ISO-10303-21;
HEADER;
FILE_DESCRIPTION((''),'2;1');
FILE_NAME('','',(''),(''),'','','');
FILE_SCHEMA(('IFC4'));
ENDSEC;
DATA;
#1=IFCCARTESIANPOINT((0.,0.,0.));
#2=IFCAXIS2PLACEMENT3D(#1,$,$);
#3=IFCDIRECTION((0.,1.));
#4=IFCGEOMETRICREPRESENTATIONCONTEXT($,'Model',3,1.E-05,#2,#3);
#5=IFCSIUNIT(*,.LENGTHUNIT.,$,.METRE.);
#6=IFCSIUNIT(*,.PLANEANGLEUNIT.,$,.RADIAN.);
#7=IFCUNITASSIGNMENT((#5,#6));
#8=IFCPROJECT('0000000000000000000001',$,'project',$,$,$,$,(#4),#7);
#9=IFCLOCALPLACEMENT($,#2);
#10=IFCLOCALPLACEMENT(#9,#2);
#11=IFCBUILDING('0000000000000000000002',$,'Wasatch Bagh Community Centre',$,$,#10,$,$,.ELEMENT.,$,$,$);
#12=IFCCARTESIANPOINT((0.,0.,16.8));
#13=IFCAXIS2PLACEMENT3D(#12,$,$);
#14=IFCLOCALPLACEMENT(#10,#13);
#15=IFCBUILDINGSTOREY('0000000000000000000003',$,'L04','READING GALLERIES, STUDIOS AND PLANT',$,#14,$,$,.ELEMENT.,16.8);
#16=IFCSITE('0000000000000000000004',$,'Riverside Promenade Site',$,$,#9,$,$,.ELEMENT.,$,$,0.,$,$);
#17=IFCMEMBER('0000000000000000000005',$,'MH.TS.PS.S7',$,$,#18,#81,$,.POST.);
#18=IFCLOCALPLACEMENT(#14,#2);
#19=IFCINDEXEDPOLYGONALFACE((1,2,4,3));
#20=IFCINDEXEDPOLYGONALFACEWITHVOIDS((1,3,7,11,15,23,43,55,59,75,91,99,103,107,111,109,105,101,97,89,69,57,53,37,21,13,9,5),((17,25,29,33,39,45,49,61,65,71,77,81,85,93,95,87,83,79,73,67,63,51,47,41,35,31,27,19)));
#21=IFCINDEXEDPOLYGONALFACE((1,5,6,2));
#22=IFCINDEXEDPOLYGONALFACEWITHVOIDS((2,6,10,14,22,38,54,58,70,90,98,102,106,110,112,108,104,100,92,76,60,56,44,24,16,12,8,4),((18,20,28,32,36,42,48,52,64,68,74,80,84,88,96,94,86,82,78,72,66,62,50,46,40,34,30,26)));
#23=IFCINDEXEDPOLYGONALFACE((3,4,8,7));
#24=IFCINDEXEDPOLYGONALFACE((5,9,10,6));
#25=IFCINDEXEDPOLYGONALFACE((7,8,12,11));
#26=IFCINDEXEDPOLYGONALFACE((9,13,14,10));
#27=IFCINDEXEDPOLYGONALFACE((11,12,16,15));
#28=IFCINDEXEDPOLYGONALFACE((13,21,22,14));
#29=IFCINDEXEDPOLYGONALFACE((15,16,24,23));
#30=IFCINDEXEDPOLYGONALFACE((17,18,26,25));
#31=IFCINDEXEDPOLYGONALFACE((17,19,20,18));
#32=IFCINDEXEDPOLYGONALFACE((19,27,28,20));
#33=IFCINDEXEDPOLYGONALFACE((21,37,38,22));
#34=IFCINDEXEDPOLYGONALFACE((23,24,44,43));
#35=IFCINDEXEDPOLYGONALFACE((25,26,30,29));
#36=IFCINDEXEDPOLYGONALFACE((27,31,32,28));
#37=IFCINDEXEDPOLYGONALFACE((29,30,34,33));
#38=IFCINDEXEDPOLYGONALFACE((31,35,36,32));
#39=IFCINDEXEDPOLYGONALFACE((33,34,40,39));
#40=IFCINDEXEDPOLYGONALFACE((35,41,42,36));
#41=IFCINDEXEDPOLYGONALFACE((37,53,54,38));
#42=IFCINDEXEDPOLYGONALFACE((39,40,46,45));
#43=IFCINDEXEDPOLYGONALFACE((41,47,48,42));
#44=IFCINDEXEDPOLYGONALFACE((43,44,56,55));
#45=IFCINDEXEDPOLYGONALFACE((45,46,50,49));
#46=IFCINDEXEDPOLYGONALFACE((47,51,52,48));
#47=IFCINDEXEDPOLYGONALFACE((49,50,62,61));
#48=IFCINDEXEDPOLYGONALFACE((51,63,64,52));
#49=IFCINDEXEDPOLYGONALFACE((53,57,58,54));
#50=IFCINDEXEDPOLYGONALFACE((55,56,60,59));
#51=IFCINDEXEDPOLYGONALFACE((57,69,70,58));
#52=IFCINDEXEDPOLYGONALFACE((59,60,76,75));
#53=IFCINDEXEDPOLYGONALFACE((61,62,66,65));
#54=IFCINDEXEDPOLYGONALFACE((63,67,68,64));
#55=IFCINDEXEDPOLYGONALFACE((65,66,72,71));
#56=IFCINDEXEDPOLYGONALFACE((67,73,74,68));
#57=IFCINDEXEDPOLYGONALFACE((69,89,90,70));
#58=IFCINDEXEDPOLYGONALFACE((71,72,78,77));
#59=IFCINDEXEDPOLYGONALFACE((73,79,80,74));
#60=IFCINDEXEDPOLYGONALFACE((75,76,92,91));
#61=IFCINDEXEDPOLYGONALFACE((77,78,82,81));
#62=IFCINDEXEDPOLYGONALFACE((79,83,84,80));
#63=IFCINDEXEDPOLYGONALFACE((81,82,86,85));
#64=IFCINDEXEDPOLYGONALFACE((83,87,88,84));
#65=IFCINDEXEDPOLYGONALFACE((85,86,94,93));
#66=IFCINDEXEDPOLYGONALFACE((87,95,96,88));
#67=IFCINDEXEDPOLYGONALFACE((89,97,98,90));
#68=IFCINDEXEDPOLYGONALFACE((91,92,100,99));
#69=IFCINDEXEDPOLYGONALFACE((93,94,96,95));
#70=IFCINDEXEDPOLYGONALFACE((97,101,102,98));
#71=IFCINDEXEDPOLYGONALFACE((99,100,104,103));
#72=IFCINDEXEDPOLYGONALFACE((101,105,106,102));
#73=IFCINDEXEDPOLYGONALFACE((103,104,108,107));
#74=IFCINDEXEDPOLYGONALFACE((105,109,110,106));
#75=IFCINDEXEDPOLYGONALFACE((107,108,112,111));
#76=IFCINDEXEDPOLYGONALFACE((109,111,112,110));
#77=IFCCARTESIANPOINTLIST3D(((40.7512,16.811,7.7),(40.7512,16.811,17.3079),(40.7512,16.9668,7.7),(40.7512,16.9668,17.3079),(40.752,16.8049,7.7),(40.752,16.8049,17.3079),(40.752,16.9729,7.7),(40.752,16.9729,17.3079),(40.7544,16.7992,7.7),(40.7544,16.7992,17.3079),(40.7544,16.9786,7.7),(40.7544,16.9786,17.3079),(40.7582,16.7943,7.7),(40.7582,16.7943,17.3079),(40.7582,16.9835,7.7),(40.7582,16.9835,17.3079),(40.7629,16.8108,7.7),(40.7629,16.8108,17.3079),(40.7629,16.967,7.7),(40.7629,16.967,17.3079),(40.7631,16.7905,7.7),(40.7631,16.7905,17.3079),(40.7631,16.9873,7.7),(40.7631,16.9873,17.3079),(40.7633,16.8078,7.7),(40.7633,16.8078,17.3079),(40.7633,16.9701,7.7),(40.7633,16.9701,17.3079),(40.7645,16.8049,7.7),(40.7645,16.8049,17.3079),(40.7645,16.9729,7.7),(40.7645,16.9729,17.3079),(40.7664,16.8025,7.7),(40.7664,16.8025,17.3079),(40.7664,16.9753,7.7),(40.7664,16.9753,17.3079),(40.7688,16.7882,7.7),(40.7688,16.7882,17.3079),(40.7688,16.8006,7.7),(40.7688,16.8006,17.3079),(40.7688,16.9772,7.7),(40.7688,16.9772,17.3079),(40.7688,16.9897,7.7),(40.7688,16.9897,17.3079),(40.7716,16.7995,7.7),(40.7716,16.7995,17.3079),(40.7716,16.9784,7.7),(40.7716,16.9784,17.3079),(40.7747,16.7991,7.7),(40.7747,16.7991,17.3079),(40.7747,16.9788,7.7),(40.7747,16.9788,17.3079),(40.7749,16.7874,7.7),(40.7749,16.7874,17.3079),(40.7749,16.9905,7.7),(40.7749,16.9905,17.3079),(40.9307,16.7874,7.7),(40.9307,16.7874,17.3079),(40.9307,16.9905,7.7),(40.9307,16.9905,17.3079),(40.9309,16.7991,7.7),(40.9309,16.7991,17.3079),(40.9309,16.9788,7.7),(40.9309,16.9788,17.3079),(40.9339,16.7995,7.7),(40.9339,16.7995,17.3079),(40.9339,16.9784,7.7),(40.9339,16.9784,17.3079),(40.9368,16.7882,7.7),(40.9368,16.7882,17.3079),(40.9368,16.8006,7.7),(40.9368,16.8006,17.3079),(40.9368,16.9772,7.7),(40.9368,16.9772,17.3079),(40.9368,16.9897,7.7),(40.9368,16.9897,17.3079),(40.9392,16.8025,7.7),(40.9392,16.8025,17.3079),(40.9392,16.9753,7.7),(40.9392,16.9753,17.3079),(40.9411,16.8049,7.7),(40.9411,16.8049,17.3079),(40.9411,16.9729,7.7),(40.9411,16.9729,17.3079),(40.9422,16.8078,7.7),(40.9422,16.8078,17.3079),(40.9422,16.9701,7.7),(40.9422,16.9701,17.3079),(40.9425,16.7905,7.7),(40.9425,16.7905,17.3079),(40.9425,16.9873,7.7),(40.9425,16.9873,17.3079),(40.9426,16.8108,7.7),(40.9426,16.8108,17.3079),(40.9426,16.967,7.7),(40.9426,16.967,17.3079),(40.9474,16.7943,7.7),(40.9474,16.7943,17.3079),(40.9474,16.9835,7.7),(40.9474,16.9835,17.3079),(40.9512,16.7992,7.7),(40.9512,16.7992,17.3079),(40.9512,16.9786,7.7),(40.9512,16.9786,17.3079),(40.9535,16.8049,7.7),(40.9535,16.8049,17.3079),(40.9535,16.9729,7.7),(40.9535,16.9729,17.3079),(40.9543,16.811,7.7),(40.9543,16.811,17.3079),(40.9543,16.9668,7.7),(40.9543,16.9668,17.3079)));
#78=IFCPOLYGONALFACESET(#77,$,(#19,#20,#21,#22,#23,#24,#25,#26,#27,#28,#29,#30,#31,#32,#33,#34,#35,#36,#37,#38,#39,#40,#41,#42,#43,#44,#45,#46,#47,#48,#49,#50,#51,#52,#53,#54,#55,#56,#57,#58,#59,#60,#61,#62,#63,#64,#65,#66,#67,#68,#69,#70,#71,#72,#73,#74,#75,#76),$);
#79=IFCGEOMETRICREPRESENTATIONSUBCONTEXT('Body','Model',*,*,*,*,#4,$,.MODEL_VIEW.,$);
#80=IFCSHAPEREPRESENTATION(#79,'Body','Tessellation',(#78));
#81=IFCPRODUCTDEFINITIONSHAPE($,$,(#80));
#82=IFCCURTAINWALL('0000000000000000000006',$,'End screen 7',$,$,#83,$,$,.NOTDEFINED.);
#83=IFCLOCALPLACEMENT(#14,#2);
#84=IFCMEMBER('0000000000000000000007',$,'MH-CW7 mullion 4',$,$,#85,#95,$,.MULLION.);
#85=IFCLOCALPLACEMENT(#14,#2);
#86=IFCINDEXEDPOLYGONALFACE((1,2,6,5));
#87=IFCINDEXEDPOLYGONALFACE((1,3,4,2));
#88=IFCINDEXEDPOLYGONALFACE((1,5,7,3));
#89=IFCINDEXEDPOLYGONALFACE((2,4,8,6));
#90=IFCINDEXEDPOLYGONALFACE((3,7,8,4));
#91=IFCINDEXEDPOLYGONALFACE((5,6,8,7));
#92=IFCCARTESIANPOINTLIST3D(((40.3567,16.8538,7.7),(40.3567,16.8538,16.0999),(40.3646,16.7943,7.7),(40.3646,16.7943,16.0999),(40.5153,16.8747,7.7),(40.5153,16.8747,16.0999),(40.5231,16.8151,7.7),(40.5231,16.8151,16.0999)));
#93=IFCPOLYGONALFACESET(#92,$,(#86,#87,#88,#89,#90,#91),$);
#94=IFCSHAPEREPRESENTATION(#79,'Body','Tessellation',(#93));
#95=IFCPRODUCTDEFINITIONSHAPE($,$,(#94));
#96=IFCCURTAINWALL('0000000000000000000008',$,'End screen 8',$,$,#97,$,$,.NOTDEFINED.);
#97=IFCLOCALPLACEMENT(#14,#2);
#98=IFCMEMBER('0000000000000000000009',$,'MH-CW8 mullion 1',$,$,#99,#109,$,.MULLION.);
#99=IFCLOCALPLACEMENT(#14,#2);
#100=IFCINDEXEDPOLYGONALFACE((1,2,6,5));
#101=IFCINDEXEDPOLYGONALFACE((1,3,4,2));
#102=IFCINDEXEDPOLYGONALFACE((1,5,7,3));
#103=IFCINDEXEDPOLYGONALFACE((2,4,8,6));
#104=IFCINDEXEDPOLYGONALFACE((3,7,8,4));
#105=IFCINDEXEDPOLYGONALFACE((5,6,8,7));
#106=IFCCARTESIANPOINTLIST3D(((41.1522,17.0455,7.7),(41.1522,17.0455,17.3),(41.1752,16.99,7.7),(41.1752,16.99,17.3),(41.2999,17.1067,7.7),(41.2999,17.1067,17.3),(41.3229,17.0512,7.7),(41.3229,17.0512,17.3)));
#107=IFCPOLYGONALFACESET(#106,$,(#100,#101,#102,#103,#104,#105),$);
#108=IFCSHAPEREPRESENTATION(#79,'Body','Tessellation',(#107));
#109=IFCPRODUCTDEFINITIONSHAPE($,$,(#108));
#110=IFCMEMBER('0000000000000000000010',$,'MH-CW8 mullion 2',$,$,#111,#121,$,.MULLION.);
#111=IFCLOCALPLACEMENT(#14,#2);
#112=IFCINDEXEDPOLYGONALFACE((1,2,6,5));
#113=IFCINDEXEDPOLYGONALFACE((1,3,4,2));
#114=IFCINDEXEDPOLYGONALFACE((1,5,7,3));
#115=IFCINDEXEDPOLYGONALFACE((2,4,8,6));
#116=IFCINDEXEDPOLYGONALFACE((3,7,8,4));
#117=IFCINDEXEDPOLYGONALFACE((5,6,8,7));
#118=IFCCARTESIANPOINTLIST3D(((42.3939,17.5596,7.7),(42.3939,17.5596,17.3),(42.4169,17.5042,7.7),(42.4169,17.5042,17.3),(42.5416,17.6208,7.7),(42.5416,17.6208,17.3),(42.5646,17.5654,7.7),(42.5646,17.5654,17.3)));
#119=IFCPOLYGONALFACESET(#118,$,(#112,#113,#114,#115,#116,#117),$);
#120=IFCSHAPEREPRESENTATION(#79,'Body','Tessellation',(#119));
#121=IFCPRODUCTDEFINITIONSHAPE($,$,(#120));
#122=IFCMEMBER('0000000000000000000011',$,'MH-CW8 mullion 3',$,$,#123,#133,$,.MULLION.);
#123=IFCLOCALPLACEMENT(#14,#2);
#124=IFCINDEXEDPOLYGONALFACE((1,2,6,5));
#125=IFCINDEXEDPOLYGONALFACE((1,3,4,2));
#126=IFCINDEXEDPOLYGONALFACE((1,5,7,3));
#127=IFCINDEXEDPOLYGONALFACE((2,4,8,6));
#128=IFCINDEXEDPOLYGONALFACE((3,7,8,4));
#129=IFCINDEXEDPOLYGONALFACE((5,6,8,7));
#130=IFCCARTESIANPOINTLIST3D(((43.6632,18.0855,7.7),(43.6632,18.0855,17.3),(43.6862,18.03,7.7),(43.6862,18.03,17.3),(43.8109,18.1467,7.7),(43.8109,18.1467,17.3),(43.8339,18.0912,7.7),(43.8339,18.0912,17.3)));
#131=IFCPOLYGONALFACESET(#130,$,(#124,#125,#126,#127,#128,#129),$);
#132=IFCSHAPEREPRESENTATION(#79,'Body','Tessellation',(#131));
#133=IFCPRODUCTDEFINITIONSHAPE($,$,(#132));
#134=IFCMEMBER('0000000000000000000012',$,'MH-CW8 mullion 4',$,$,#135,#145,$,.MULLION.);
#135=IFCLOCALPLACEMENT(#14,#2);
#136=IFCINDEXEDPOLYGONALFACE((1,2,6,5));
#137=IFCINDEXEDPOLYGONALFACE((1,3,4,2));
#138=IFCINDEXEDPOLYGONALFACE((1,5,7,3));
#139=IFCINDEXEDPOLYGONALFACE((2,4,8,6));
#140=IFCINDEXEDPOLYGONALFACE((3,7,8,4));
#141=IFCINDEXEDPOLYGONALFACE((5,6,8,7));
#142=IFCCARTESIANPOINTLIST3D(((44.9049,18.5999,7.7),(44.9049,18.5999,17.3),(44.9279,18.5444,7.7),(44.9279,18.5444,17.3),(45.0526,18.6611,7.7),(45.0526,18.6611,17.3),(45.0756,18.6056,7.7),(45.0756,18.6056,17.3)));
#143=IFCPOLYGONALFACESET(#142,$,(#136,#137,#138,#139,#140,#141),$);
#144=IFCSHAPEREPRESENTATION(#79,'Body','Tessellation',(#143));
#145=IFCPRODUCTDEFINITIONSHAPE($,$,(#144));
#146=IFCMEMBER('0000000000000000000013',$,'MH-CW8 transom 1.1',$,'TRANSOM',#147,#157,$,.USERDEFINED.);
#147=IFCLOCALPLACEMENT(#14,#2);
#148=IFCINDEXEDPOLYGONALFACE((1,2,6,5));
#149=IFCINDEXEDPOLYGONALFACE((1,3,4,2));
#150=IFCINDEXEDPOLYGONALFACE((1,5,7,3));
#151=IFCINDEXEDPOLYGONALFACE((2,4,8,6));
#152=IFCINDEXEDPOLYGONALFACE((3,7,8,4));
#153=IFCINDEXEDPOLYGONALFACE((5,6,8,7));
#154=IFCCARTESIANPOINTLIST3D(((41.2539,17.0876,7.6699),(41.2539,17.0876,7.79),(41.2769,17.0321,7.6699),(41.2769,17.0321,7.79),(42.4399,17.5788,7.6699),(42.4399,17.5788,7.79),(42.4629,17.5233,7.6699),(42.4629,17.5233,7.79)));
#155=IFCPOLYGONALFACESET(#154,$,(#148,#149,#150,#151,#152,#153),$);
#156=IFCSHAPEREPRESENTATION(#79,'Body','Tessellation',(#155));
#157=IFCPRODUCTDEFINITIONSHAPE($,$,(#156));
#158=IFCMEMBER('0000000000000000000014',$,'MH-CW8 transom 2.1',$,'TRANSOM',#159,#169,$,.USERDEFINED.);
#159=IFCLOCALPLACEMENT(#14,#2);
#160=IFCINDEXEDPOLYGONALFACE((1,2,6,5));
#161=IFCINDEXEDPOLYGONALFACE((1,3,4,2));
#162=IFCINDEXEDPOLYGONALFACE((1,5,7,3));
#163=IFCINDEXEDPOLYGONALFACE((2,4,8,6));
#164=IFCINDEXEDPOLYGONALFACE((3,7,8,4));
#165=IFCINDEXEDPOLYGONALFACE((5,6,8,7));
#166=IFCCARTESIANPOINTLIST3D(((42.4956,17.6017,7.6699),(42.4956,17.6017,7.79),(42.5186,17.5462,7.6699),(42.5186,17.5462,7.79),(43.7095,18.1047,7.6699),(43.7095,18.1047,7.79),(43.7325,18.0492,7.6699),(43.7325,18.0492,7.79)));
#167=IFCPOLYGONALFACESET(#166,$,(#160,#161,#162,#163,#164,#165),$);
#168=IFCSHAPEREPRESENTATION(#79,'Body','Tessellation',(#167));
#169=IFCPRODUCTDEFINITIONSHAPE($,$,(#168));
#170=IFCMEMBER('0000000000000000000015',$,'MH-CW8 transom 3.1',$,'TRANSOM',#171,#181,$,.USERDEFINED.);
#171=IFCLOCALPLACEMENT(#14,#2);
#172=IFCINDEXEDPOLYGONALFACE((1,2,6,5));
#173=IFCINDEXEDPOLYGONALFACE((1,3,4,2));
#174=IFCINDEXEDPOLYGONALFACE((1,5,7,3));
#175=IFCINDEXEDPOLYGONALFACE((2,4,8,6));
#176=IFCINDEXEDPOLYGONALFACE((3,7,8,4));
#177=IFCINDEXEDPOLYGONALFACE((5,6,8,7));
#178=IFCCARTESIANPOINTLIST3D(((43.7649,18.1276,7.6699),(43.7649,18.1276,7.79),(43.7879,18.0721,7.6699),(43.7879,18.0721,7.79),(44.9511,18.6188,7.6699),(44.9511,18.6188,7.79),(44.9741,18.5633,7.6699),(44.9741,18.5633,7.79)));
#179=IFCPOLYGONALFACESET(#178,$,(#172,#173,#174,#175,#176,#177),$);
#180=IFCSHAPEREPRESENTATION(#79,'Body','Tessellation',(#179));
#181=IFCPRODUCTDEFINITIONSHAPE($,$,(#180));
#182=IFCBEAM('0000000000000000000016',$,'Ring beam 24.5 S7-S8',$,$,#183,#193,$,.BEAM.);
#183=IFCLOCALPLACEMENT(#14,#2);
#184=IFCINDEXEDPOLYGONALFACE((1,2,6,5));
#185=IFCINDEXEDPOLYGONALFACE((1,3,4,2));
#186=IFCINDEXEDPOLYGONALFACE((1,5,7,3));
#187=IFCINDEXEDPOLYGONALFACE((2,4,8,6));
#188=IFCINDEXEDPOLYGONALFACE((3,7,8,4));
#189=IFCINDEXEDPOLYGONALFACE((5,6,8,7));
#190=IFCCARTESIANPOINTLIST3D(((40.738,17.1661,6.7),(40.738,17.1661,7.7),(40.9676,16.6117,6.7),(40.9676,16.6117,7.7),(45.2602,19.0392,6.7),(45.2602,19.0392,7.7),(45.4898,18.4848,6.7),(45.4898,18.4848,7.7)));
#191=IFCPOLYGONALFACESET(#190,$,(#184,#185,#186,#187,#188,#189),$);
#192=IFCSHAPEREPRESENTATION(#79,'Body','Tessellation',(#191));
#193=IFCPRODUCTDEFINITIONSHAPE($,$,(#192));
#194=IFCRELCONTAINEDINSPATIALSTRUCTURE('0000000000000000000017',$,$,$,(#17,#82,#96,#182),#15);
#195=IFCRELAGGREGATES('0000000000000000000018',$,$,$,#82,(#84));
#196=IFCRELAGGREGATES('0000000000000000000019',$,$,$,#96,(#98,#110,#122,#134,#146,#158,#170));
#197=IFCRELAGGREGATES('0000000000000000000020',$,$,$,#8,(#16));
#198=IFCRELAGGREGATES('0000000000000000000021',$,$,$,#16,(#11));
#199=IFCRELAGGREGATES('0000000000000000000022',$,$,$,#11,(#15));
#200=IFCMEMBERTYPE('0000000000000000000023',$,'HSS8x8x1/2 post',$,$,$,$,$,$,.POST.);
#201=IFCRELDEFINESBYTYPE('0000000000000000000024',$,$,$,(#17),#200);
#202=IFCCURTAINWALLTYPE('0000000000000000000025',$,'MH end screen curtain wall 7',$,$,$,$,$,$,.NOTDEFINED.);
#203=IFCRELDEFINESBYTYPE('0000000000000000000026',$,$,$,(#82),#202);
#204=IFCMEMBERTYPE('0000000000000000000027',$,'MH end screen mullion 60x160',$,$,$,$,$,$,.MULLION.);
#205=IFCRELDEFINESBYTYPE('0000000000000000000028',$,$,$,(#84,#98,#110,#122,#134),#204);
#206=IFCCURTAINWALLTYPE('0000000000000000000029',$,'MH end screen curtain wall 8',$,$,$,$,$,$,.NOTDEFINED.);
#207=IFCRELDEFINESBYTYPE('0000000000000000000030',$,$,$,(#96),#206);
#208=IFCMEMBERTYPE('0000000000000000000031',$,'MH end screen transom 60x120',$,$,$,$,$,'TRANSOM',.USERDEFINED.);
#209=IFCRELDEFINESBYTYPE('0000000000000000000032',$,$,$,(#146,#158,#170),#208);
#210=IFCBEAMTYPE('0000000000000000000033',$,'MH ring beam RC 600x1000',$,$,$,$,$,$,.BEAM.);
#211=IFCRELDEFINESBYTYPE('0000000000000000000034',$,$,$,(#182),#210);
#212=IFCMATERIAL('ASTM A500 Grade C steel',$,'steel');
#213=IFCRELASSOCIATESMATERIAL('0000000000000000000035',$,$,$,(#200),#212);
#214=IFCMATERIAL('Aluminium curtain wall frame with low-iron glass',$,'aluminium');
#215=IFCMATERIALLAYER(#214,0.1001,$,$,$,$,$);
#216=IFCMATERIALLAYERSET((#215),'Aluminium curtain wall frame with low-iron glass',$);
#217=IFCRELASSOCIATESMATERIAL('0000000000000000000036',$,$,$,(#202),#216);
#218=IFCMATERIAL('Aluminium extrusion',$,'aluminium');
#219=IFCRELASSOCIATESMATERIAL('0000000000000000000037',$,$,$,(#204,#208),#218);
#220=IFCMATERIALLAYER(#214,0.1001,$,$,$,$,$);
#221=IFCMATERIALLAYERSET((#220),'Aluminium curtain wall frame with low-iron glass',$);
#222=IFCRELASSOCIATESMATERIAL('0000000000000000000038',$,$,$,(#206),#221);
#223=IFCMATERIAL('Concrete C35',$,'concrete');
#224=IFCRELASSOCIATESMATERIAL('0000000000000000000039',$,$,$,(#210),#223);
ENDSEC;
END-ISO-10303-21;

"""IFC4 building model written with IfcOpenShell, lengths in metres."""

from ifc_helpers import new_model, si_unit, direction, frame, origin, origin_2d, place, context, subcontext, project, spatial, rectangle, hollow_rectangle, extrude, material, layer, layer_set, material_profile, profile_set, type_object, element, aggregate, save


model = new_model("IFC4")

# Units and contexts
model_context = context("Model", 3, precision=1e-05, world=origin(), true_north=direction((0.0, 1.0)))
body_context = subcontext(model_context, "Body", "Model", "MODEL_VIEW")
ifc_project = project(units=[si_unit("LENGTHUNIT", "METRE"), si_unit("PLANEANGLEUNIT", "RADIAN")], contexts=[model_context])

# Site, building, storey
site_placement = place(None, origin())
site = spatial("IfcSite", under=ifc_project, at=site_placement, Name="Riverside Promenade Site", CompositionType="ELEMENT", RefElevation=0.0)
building_placement = place(site_placement, origin())
building = spatial("IfcBuilding", under=site, at=building_placement, Name="Wasatch Bagh Community Centre", CompositionType="ELEMENT")
storey_placement = place(building_placement, frame((0.0, 0.0, 16.8)))
storey = spatial("IfcBuildingStorey", under=building, at=storey_placement, Name="L04", Description="READING GALLERIES, STUDIOS AND PLANT", CompositionType="ELEMENT", Elevation=16.8)

# Member
ifc_material_1 = material(Name="ASTM A500 Grade C steel", Category="steel")
ifc_material_profile_1 = material_profile(ifc_material_1, hollow_rectangle(XDim=0.2031, YDim=0.2031, WallThickness=0.0117, InnerFilletRadius=0.0117, OuterFilletRadius=0.0237, at=origin_2d()), Name="HSS8x8x1/2")
ifc_profile_set_1 = profile_set([ifc_material_profile_1], Name="ASTM A500 Grade C steel")
member_type_1 = type_object("IfcMemberType", Name="HSS8x8x1/2 post", PredefinedType="POST", material=ifc_profile_set_1)
member_1_placement = place(storey_placement, frame((40.8528, 16.8889, 7.7), z_axis=(0.0, 0.0, 1.0), x_axis=(1.0, 0.0, 0.0)))
element("IfcMember", 1, at=member_1_placement, inside=storey, type_object=member_type_1, Name="MH.TS.PS.S7", PredefinedType="POST", context=body_context, shape_type="SweptSolid", body=[
    extrude(hollow_rectangle(XDim=0.2031, YDim=0.2031, WallThickness=0.0117, InnerFilletRadius=0.0117, OuterFilletRadius=0.0237, at=origin_2d()), origin(), (0.0, 0.0, 1.0), 9.6079),
])

# Curtain wall, member
ifc_material_2 = material(Name="Aluminium curtain wall frame with low-iron glass", Category="aluminium")
ifc_layer_1 = layer(ifc_material_2, 0.1001)
ifc_layer_set_1 = layer_set([ifc_layer_1], Name="Aluminium curtain wall frame with low-iron glass")
curtain_wall_type_1 = type_object("IfcCurtainWallType", Name="MH end screen curtain wall 7", PredefinedType="NOTDEFINED", material=ifc_layer_set_1)
curtain_wall_1_placement = place(storey_placement, origin())
curtain_wall_1 = element("IfcCurtainWall", 2, at=curtain_wall_1_placement, inside=storey, type_object=curtain_wall_type_1, Name="End screen 7", PredefinedType="NOTDEFINED")
ifc_material_3 = material(Name="Aluminium extrusion", Category="aluminium")
ifc_material_profile_2 = material_profile(ifc_material_3, rectangle(XDim=0.0601, YDim=0.1599, at=origin_2d()), Name="AL 60x160")
ifc_profile_set_2 = profile_set([ifc_material_profile_2], Name="Aluminium extrusion")
member_type_2 = type_object("IfcMemberType", Name="MH end screen mullion 60x160", PredefinedType="MULLION", material=ifc_profile_set_2)
member_2_placement = place(storey_placement, frame((40.4399, 16.8345, 7.7), z_axis=(0.0, 0.0, 1.0), x_axis=(-0.130526, 0.991445, 0.0)))
member_2 = element("IfcMember", 3, at=member_2_placement, type_object=member_type_2, Name="MH-CW7 mullion 4", PredefinedType="MULLION", context=body_context, shape_type="SweptSolid", body=[
    extrude(rectangle(XDim=0.0601, YDim=0.1599, at=origin_2d()), origin(), (0.0, 0.0, 1.0), 8.3999),
])
aggregate(curtain_wall_1, [member_2])

# Curtain wall, members
ifc_layer_2 = layer(ifc_material_2, 0.1001)
ifc_layer_set_2 = layer_set([ifc_layer_2], Name="Aluminium curtain wall frame with low-iron glass")
curtain_wall_type_2 = type_object("IfcCurtainWallType", Name="MH end screen curtain wall 8", PredefinedType="NOTDEFINED", material=ifc_layer_set_2)
curtain_wall_2_placement = place(storey_placement, origin())
curtain_wall_2 = element("IfcCurtainWall", 4, at=curtain_wall_2_placement, inside=storey, type_object=curtain_wall_type_2, Name="End screen 8", PredefinedType="NOTDEFINED")
member_3_placement = place(storey_placement, frame((41.2375, 17.0483, 7.7), z_axis=(0.0, 0.0, 1.0), x_axis=(-0.382683, 0.92388, 0.0)))
member_3 = element("IfcMember", 5, at=member_3_placement, type_object=member_type_2, Name="MH-CW8 mullion 1", PredefinedType="MULLION", context=body_context, shape_type="SweptSolid", body=[
    extrude(rectangle(XDim=0.0601, YDim=0.1599, at=origin_2d()), origin(), (0.0, 0.0, 1.0), 9.6001),
])
member_4_placement = place(storey_placement, frame((42.4792, 17.5625, 7.7), z_axis=(0.0, 0.0, 1.0), x_axis=(-0.382683, 0.92388, 0.0)))
member_4 = element("IfcMember", 6, at=member_4_placement, type_object=member_type_2, Name="MH-CW8 mullion 2", PredefinedType="MULLION", context=body_context, shape_type="SweptSolid", body=[
    extrude(rectangle(XDim=0.0601, YDim=0.1599, at=origin_2d()), origin(), (0.0, 0.0, 1.0), 9.6001),
])
member_5_placement = place(storey_placement, frame((43.7485, 18.0884, 7.7), z_axis=(0.0, 0.0, 1.0), x_axis=(-0.382683, 0.92388, 0.0)))
member_5 = element("IfcMember", 7, at=member_5_placement, type_object=member_type_2, Name="MH-CW8 mullion 3", PredefinedType="MULLION", context=body_context, shape_type="SweptSolid", body=[
    extrude(rectangle(XDim=0.0601, YDim=0.1599, at=origin_2d()), origin(), (0.0, 0.0, 1.0), 9.6001),
])
member_6_placement = place(storey_placement, frame((44.9902, 18.6028, 7.7), z_axis=(0.0, 0.0, 1.0), x_axis=(-0.382683, 0.92388, 0.0)))
member_6 = element("IfcMember", 8, at=member_6_placement, type_object=member_type_2, Name="MH-CW8 mullion 4", PredefinedType="MULLION", context=body_context, shape_type="SweptSolid", body=[
    extrude(rectangle(XDim=0.0601, YDim=0.1599, at=origin_2d()), origin(), (0.0, 0.0, 1.0), 9.6001),
])
ifc_material_profile_3 = material_profile(ifc_material_3, rectangle(XDim=0.0601, YDim=0.1201, at=origin_2d()), Name="AL 60x120")
ifc_profile_set_3 = profile_set([ifc_material_profile_3], Name="Aluminium extrusion")
member_type_3 = type_object("IfcMemberType", Name="MH end screen transom 60x120", ElementType="TRANSOM", PredefinedType="USERDEFINED", material=ifc_profile_set_3)
member_7_placement = place(storey_placement, frame((41.2654, 17.0598, 7.73), z_axis=(0.923896, 0.382643, 0.0), x_axis=(-0.382643, 0.923896, 0.0)))
member_7 = element("IfcMember", 9, at=member_7_placement, type_object=member_type_3, Name="MH-CW8 transom 1.1", ObjectType="TRANSOM", PredefinedType="USERDEFINED", context=body_context, shape_type="SweptSolid", body=[
    extrude(rectangle(XDim=0.0601, YDim=0.1201, at=origin_2d()), origin(), (0.0, 0.0, 1.0), 1.2837),
])
member_8_placement = place(storey_placement, frame((42.5071, 17.574, 7.73), z_axis=(0.923845, 0.382768, 0.0), x_axis=(-0.382768, 0.923845, 0.0)))
member_8 = element("IfcMember", 10, at=member_8_placement, type_object=member_type_3, Name="MH-CW8 transom 2.1", ObjectType="TRANSOM", PredefinedType="USERDEFINED", context=body_context, shape_type="SweptSolid", body=[
    extrude(rectangle(XDim=0.0601, YDim=0.1201, at=origin_2d()), origin(), (0.0, 0.0, 1.0), 1.314),
])
member_9_placement = place(storey_placement, frame((43.7764, 18.0999, 7.73), z_axis=(0.923924, 0.382576, 0.0), x_axis=(-0.382576, 0.923924, 0.0)))
member_9 = element("IfcMember", 11, at=member_9_placement, type_object=member_type_3, Name="MH-CW8 transom 3.1", ObjectType="TRANSOM", PredefinedType="USERDEFINED", context=body_context, shape_type="SweptSolid", body=[
    extrude(rectangle(XDim=0.0601, YDim=0.1201, at=origin_2d()), origin(), (0.0, 0.0, 1.0), 1.2839),
])

# Beam
ifc_material_4 = material(Name="Concrete C35", Category="concrete")
ifc_material_profile_4 = material_profile(ifc_material_4, rectangle(XDim=0.6001, YDim=1.0, at=origin_2d()), Name="RC 600x1000")
ifc_profile_set_4 = profile_set([ifc_material_profile_4], Name="Concrete C35")
beam_type = type_object("IfcBeamType", Name="MH ring beam RC 600x1000", PredefinedType="BEAM", material=ifc_profile_set_4)
for number, where, z_axis, x_axis, name in (
    (12, (40.8528, 16.8889, 7.2), (0.923888, 0.382663, 0.0), (-0.382663, 0.923888, 0.0), "Ring beam 24.5 S7-S8"),
):
    element("IfcBeam", number, at=place(storey_placement, frame(where, z_axis=z_axis, x_axis=x_axis)), inside=storey, type_object=beam_type, Name=name, PredefinedType="BEAM", context=body_context, shape_type="SweptSolid", body=[
        extrude(rectangle(XDim=0.6001, YDim=1.0, at=origin_2d()), origin(), (0.0, 0.0, 1.0), 4.8948),
    ])

aggregate(curtain_wall_2, [member_3, member_4, member_5, member_6, member_7, member_8, member_9])

save(model, "model.ifc")
